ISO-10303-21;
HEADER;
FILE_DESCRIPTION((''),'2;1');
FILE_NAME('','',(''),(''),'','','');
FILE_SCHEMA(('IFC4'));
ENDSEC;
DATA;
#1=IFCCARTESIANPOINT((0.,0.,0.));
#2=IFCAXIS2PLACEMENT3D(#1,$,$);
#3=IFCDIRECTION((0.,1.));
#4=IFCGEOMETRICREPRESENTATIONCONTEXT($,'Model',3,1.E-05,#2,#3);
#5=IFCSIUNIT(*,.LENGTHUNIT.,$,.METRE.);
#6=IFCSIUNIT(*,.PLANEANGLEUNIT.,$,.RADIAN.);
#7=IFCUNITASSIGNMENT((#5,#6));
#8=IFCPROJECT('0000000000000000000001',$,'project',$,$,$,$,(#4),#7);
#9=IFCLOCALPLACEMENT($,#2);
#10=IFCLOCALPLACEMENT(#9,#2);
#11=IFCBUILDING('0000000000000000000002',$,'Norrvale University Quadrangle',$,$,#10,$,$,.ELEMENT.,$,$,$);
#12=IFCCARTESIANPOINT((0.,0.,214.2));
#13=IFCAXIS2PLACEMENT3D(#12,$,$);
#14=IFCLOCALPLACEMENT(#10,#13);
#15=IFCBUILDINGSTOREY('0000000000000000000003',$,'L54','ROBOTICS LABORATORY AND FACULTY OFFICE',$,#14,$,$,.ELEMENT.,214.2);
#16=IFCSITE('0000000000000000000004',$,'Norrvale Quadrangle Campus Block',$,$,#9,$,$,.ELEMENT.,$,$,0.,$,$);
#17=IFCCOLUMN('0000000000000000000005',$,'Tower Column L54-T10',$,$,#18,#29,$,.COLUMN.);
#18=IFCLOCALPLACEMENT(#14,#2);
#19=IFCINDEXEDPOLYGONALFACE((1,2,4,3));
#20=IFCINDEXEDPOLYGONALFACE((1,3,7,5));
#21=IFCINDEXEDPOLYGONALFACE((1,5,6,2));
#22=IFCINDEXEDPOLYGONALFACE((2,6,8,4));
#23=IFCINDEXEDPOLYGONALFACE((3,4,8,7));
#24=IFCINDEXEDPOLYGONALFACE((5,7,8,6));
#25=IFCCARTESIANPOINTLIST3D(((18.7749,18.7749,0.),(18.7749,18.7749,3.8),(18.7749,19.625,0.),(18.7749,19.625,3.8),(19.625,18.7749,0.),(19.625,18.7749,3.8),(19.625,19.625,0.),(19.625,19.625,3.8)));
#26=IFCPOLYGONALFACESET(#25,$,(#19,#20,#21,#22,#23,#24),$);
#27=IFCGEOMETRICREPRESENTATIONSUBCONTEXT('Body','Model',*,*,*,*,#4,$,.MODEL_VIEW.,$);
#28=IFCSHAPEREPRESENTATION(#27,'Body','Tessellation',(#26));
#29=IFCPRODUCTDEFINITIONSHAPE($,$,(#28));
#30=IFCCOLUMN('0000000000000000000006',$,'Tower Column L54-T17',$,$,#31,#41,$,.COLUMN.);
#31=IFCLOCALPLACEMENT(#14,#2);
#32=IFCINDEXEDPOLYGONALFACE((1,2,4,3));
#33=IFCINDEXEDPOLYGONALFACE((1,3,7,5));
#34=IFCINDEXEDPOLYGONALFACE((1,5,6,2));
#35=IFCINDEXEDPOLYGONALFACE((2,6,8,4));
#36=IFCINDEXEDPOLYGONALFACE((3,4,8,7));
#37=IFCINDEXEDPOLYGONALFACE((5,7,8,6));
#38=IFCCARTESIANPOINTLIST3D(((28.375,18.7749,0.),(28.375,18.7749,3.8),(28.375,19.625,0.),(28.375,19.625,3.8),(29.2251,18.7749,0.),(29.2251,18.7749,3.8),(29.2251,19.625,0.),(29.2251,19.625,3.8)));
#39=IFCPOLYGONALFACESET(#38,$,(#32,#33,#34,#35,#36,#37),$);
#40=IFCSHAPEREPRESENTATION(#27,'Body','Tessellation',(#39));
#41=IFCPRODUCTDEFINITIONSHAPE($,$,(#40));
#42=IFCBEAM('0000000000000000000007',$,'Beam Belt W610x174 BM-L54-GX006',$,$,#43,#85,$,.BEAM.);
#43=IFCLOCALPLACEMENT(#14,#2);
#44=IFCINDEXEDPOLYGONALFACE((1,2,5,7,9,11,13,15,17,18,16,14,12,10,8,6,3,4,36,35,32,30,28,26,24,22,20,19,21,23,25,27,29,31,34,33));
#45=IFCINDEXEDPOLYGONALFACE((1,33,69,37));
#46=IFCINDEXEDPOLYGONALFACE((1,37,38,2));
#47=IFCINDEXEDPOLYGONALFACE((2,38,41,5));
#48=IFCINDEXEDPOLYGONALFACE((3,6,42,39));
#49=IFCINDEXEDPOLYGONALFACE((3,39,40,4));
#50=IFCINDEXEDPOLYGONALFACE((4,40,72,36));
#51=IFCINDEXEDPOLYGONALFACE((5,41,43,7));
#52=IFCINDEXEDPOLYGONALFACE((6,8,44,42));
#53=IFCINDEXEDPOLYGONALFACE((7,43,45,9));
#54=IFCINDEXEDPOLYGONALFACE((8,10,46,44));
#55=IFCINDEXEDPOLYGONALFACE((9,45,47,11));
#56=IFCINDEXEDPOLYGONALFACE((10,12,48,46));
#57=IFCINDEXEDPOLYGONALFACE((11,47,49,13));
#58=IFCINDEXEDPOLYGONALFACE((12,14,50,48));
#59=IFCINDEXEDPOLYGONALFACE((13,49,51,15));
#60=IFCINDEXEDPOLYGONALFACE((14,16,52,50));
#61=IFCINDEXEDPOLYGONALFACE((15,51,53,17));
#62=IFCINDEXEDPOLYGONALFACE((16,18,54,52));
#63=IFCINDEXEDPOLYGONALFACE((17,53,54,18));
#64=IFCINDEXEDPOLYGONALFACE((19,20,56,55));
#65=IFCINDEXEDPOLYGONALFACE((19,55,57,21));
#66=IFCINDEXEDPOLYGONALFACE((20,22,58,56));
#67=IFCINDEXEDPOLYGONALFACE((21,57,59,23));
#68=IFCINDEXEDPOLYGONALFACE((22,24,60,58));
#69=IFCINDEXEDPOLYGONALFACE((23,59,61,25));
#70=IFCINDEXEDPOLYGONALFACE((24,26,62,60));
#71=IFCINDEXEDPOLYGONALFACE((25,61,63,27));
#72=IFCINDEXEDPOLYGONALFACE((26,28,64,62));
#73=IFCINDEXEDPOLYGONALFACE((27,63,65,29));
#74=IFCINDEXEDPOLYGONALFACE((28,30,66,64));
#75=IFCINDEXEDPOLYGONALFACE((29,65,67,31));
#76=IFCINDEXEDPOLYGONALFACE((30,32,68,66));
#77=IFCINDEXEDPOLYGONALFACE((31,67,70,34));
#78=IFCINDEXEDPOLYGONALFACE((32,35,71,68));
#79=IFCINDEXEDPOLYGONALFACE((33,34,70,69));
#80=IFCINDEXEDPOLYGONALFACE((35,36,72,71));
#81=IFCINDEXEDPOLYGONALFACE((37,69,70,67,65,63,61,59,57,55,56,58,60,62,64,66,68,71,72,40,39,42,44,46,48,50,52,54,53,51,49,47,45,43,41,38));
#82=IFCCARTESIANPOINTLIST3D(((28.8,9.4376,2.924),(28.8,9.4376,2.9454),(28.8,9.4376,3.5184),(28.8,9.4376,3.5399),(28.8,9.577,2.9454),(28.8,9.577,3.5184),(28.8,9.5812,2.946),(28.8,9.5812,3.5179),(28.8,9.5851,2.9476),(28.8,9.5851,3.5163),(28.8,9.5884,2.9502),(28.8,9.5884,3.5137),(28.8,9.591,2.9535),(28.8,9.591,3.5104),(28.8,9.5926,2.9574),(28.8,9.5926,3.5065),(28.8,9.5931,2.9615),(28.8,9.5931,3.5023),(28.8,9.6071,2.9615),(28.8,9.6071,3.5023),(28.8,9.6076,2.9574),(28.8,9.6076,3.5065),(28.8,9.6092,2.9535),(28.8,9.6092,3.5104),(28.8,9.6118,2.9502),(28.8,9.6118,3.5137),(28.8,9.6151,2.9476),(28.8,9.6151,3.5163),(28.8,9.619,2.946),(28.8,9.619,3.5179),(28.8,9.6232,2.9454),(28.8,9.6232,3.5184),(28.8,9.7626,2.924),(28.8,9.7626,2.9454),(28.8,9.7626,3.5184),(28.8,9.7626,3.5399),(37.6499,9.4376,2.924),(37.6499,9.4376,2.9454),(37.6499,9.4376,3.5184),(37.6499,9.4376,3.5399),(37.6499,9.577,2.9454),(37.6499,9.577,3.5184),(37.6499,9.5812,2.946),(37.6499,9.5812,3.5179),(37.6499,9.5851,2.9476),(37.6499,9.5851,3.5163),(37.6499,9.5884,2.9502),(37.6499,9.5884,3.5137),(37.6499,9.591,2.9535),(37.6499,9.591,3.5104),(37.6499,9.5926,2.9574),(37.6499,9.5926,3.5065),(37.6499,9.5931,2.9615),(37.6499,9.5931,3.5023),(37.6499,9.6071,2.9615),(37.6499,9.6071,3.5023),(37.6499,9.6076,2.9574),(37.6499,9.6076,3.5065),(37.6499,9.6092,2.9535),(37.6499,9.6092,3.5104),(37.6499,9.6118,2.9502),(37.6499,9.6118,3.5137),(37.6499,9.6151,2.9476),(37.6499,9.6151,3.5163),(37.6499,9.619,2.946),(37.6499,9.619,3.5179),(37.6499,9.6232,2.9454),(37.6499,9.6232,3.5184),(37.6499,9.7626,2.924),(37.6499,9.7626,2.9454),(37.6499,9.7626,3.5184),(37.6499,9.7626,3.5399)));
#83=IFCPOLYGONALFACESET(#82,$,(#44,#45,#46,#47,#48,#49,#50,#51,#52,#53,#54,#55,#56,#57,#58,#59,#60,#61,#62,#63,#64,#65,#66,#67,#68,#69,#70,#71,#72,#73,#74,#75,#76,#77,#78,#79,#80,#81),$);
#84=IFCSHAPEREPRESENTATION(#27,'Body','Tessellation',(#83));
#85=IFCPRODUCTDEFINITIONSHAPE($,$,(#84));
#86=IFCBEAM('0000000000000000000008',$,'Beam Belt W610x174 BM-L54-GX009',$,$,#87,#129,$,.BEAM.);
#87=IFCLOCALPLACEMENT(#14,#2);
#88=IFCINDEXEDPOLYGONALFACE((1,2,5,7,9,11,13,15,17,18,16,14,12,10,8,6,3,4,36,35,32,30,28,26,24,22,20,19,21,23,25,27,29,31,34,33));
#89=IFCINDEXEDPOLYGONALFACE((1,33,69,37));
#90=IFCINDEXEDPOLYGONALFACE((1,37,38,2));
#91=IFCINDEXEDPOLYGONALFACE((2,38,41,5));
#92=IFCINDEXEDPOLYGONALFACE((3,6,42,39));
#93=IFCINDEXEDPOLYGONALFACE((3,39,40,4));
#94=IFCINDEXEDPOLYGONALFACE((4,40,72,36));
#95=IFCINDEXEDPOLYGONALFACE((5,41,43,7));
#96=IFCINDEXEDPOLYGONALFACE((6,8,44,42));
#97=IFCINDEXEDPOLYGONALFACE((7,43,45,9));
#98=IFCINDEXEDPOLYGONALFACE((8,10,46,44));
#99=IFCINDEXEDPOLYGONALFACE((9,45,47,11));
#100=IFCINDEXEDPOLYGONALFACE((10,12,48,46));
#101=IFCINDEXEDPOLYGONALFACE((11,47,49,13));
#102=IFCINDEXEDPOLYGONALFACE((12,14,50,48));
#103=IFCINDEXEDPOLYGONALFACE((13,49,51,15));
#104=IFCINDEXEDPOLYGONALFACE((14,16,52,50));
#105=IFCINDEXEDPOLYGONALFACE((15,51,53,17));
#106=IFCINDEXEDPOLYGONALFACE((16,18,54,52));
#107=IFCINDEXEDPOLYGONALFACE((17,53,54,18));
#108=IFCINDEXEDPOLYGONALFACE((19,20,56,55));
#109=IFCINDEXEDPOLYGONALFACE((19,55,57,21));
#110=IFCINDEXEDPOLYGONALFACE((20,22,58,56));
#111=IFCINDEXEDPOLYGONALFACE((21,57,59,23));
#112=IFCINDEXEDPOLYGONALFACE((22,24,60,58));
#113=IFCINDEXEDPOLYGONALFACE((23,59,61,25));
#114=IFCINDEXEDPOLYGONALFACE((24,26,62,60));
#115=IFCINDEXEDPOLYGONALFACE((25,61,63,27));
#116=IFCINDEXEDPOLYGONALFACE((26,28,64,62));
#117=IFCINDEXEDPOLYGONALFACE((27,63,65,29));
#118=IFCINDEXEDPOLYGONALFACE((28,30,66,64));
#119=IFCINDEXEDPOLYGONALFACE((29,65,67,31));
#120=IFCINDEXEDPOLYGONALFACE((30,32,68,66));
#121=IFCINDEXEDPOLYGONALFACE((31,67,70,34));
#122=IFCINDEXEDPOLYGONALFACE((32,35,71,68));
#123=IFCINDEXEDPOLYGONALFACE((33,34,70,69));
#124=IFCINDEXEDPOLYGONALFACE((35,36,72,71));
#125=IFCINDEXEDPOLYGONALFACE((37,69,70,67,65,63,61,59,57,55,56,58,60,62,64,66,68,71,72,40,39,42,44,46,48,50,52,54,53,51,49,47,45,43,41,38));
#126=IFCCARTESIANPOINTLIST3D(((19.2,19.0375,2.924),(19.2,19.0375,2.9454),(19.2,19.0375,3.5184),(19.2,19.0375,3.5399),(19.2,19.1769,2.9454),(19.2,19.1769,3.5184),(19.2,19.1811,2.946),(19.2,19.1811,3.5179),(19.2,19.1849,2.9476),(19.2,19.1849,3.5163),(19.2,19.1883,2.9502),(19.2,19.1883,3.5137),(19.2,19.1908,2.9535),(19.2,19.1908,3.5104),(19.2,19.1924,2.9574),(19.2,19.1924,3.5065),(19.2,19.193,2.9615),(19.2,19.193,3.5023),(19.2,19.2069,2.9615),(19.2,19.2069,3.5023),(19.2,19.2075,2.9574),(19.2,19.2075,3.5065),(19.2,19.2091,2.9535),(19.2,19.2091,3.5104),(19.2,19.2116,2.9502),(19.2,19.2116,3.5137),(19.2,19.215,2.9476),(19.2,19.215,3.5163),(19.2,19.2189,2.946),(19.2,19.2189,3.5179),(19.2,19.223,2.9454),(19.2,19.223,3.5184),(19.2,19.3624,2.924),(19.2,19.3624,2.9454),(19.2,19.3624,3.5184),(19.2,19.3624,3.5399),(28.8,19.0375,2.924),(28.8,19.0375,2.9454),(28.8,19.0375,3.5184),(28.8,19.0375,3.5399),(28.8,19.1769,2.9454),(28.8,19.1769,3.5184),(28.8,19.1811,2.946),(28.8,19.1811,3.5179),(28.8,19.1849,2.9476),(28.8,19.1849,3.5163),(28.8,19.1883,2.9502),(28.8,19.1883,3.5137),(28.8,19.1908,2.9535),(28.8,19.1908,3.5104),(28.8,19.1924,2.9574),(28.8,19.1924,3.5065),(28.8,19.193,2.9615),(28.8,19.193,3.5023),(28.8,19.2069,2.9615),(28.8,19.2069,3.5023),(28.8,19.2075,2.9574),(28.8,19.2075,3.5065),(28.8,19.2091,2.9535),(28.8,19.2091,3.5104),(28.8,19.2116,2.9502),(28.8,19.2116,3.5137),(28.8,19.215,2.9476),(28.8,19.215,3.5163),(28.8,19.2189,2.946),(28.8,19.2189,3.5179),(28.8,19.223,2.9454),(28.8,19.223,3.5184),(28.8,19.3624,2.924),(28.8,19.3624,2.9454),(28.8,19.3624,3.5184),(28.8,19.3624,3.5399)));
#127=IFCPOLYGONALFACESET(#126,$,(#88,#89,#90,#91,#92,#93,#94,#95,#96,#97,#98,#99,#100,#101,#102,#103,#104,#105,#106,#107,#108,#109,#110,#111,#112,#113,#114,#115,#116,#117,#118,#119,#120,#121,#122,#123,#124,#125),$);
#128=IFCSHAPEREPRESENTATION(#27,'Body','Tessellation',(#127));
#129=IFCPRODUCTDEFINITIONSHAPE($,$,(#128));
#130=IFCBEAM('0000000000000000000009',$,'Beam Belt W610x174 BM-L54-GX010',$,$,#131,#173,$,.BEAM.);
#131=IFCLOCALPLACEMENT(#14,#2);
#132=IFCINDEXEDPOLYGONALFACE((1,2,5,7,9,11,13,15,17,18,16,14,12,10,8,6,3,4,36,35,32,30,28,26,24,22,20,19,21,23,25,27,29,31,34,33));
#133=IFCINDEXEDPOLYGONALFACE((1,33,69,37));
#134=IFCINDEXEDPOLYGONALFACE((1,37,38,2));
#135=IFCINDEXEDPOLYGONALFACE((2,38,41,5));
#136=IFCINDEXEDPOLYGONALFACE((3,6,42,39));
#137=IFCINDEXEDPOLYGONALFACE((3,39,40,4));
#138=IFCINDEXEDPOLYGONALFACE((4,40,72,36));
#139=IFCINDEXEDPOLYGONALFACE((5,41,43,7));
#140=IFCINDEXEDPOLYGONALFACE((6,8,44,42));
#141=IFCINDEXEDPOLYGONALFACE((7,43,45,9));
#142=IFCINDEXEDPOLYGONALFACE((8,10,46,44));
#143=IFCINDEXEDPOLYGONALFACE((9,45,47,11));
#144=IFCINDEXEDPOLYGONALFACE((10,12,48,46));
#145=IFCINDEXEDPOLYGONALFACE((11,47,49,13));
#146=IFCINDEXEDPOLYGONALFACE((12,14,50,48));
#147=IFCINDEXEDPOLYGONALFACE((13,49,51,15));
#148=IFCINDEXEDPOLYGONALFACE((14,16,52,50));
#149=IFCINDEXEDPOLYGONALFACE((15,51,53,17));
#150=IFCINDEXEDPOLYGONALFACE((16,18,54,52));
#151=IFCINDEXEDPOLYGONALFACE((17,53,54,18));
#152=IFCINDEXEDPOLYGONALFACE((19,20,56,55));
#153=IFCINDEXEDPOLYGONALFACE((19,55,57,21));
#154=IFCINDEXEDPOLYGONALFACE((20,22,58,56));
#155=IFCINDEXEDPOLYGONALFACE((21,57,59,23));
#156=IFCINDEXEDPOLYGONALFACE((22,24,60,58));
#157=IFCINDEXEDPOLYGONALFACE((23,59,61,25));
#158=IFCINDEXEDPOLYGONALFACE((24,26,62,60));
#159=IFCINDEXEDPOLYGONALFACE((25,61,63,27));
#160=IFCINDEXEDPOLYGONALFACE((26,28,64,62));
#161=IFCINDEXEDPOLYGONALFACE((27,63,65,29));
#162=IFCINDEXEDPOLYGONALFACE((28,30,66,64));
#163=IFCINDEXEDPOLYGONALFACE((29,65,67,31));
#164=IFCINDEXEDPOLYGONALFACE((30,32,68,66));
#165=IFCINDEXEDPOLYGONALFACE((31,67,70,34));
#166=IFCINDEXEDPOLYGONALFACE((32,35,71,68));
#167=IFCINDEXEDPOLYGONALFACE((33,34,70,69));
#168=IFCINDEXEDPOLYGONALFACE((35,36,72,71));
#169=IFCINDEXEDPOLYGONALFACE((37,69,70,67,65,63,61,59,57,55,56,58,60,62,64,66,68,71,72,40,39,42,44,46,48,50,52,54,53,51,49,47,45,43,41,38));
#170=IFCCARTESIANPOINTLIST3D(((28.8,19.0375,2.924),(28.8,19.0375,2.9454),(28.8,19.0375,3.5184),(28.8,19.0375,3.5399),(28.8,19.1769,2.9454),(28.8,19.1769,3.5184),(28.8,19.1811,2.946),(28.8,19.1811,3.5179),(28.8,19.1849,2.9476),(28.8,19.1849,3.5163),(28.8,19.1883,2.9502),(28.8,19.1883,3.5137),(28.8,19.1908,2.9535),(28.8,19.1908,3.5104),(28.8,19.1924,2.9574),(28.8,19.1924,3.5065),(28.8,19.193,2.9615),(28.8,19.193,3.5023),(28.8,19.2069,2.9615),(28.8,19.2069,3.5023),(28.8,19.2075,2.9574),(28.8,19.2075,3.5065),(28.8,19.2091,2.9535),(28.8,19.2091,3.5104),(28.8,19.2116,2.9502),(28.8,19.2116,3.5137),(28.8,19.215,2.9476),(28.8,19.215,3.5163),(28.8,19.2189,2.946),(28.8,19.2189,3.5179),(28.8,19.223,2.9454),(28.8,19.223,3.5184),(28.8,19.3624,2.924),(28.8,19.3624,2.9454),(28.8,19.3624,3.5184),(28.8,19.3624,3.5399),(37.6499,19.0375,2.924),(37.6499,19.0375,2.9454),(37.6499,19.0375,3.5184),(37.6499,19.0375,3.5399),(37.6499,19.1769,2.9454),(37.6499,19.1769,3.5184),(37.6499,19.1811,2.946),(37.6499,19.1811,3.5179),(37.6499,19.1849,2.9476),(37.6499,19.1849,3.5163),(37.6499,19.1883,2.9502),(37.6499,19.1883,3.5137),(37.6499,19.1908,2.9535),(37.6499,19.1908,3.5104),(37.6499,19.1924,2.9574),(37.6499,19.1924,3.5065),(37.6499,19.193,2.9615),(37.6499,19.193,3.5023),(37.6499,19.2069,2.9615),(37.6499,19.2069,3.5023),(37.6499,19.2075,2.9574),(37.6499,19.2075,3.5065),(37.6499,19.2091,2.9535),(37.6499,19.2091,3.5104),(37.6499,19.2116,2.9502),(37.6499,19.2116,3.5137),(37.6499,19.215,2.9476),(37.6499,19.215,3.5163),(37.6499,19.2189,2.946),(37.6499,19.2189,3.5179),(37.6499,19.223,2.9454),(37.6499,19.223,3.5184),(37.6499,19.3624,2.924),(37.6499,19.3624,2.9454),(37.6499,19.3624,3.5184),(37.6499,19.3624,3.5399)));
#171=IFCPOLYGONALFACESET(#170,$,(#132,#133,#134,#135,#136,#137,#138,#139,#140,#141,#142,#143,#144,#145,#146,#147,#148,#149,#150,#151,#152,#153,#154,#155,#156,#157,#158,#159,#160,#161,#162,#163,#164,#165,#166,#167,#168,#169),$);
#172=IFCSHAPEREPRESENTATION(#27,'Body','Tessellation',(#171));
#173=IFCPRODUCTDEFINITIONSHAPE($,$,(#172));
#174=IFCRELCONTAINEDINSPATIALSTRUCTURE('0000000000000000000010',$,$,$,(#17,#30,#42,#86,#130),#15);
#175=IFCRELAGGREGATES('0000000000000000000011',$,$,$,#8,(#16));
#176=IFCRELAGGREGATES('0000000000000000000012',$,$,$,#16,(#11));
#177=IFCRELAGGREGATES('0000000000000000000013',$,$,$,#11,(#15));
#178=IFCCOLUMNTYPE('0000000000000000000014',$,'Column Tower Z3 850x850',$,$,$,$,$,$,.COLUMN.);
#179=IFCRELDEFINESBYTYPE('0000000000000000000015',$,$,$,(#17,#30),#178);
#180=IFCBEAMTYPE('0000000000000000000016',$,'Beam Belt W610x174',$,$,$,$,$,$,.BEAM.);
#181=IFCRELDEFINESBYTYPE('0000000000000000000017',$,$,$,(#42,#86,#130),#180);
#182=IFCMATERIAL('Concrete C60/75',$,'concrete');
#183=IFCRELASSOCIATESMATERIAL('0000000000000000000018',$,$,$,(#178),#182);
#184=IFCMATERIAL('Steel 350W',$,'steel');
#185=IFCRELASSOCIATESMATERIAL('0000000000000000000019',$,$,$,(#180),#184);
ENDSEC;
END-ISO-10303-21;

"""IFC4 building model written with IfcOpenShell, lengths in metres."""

from ifc_helpers import new_model, si_unit, direction, frame, origin, origin_2d, place, context, subcontext, project, spatial, rectangle, i_section, extrude, material, material_profile, profile_set, type_object, element, save


model = new_model("IFC4")

# Units and contexts
model_context = context("Model", 3, precision=1e-05, world=origin(), true_north=direction((0.0, 1.0)))
body_context = subcontext(model_context, "Body", "Model", "MODEL_VIEW")
ifc_project = project(units=[si_unit("LENGTHUNIT", "METRE"), si_unit("PLANEANGLEUNIT", "RADIAN")], contexts=[model_context])

# Site, building, storey
site_placement = place(None, origin())
site = spatial("IfcSite", under=ifc_project, at=site_placement, Name="Norrvale Quadrangle Campus Block", CompositionType="ELEMENT", RefElevation=0.0)
building_placement = place(site_placement, origin())
building = spatial("IfcBuilding", under=site, at=building_placement, Name="Norrvale University Quadrangle", CompositionType="ELEMENT")
storey_placement = place(building_placement, frame((0.0, 0.0, 214.2)))
storey = spatial("IfcBuildingStorey", under=building, at=storey_placement, Name="L54", Description="ROBOTICS LABORATORY AND FACULTY OFFICE", CompositionType="ELEMENT", Elevation=214.2)

# Columns
ifc_material_1 = material(Name="Concrete C60/75", Category="concrete")
ifc_material_profile_1 = material_profile(ifc_material_1, rectangle(XDim=0.8501, YDim=0.8501, at=origin_2d()), Name="Concrete C60/75")
ifc_profile_set_1 = profile_set([ifc_material_profile_1], Name="Concrete C60/75")
column_type = type_object("IfcColumnType", Name="Column Tower Z3 850x850", PredefinedType="COLUMN", material=ifc_profile_set_1)
for number, where, z_axis, x_axis, name in (
    (1, (19.2, 19.2, 0.0), (0.0, 0.0, 1.0), (1.0, 0.0, 0.0), "Tower Column L54-T10"),
    (2, (28.8, 19.2, 0.0), (0.0, 0.0, 1.0), (1.0, 0.0, 0.0), "Tower Column L54-T17"),
):
    element("IfcColumn", number, at=place(storey_placement, frame(where, z_axis=z_axis, x_axis=x_axis)), inside=storey, type_object=column_type, Name=name, PredefinedType="COLUMN", context=body_context, shape_type="SweptSolid", body=[
        extrude(rectangle(XDim=0.8501, YDim=0.8501, at=origin_2d()), origin(), (0.0, 0.0, 1.0), 3.8),
    ])

# Beams
ifc_material_2 = material(Name="Steel 350W", Category="steel")
ifc_material_profile_2 = material_profile(ifc_material_2, i_section(OverallWidth=0.325, OverallDepth=0.616, WebThickness=0.0139, FlangeThickness=0.0215, FilletRadius=0.0161, at=origin_2d()), Name="Steel 350W")
ifc_profile_set_2 = profile_set([ifc_material_profile_2], Name="Steel 350W")
beam_type_1 = type_object("IfcBeamType", Name="Beam Belt W610x174", PredefinedType="BEAM", material=ifc_profile_set_2)
beam_1_placement = place(storey_placement, frame((28.8, 9.6001, 3.2319), z_axis=(1.0, 0.0, 0.0), x_axis=(0.0, 1.0, 0.0)))
element("IfcBeam", 3, at=beam_1_placement, inside=storey, type_object=beam_type_1, Name="Beam Belt W610x174 BM-L54-GX006", PredefinedType="BEAM", context=body_context, shape_type="SweptSolid", body=[
    extrude(i_section(OverallWidth=0.325, OverallDepth=0.616, WebThickness=0.0139, FlangeThickness=0.0215, FilletRadius=0.0161, at=origin_2d()), origin(), (0.0, 0.0, 1.0), 8.8499),
])
beam_2_placement = place(storey_placement, frame((19.2, 19.2, 3.2319), z_axis=(1.0, 0.0, 0.0), x_axis=(0.0, 1.0, 0.0)))
element("IfcBeam", 4, at=beam_2_placement, inside=storey, type_object=beam_type_1, Name="Beam Belt W610x174 BM-L54-GX009", PredefinedType="BEAM", context=body_context, shape_type="SweptSolid", body=[
    extrude(i_section(OverallWidth=0.325, OverallDepth=0.616, WebThickness=0.0139, FlangeThickness=0.0215, FilletRadius=0.0161, at=origin_2d()), origin(), (0.0, 0.0, 1.0), 9.6001),
])
beam_3_placement = place(storey_placement, frame((28.8, 19.2, 3.2319), z_axis=(1.0, 0.0, 0.0), x_axis=(0.0, 1.0, 0.0)))
element("IfcBeam", 5, at=beam_3_placement, inside=storey, type_object=beam_type_1, Name="Beam Belt W610x174 BM-L54-GX010", PredefinedType="BEAM", context=body_context, shape_type="SweptSolid", body=[
    extrude(i_section(OverallWidth=0.325, OverallDepth=0.616, WebThickness=0.0139, FlangeThickness=0.0215, FilletRadius=0.0161, at=origin_2d()), origin(), (0.0, 0.0, 1.0), 8.8499),
])

save(model, "model.ifc")
